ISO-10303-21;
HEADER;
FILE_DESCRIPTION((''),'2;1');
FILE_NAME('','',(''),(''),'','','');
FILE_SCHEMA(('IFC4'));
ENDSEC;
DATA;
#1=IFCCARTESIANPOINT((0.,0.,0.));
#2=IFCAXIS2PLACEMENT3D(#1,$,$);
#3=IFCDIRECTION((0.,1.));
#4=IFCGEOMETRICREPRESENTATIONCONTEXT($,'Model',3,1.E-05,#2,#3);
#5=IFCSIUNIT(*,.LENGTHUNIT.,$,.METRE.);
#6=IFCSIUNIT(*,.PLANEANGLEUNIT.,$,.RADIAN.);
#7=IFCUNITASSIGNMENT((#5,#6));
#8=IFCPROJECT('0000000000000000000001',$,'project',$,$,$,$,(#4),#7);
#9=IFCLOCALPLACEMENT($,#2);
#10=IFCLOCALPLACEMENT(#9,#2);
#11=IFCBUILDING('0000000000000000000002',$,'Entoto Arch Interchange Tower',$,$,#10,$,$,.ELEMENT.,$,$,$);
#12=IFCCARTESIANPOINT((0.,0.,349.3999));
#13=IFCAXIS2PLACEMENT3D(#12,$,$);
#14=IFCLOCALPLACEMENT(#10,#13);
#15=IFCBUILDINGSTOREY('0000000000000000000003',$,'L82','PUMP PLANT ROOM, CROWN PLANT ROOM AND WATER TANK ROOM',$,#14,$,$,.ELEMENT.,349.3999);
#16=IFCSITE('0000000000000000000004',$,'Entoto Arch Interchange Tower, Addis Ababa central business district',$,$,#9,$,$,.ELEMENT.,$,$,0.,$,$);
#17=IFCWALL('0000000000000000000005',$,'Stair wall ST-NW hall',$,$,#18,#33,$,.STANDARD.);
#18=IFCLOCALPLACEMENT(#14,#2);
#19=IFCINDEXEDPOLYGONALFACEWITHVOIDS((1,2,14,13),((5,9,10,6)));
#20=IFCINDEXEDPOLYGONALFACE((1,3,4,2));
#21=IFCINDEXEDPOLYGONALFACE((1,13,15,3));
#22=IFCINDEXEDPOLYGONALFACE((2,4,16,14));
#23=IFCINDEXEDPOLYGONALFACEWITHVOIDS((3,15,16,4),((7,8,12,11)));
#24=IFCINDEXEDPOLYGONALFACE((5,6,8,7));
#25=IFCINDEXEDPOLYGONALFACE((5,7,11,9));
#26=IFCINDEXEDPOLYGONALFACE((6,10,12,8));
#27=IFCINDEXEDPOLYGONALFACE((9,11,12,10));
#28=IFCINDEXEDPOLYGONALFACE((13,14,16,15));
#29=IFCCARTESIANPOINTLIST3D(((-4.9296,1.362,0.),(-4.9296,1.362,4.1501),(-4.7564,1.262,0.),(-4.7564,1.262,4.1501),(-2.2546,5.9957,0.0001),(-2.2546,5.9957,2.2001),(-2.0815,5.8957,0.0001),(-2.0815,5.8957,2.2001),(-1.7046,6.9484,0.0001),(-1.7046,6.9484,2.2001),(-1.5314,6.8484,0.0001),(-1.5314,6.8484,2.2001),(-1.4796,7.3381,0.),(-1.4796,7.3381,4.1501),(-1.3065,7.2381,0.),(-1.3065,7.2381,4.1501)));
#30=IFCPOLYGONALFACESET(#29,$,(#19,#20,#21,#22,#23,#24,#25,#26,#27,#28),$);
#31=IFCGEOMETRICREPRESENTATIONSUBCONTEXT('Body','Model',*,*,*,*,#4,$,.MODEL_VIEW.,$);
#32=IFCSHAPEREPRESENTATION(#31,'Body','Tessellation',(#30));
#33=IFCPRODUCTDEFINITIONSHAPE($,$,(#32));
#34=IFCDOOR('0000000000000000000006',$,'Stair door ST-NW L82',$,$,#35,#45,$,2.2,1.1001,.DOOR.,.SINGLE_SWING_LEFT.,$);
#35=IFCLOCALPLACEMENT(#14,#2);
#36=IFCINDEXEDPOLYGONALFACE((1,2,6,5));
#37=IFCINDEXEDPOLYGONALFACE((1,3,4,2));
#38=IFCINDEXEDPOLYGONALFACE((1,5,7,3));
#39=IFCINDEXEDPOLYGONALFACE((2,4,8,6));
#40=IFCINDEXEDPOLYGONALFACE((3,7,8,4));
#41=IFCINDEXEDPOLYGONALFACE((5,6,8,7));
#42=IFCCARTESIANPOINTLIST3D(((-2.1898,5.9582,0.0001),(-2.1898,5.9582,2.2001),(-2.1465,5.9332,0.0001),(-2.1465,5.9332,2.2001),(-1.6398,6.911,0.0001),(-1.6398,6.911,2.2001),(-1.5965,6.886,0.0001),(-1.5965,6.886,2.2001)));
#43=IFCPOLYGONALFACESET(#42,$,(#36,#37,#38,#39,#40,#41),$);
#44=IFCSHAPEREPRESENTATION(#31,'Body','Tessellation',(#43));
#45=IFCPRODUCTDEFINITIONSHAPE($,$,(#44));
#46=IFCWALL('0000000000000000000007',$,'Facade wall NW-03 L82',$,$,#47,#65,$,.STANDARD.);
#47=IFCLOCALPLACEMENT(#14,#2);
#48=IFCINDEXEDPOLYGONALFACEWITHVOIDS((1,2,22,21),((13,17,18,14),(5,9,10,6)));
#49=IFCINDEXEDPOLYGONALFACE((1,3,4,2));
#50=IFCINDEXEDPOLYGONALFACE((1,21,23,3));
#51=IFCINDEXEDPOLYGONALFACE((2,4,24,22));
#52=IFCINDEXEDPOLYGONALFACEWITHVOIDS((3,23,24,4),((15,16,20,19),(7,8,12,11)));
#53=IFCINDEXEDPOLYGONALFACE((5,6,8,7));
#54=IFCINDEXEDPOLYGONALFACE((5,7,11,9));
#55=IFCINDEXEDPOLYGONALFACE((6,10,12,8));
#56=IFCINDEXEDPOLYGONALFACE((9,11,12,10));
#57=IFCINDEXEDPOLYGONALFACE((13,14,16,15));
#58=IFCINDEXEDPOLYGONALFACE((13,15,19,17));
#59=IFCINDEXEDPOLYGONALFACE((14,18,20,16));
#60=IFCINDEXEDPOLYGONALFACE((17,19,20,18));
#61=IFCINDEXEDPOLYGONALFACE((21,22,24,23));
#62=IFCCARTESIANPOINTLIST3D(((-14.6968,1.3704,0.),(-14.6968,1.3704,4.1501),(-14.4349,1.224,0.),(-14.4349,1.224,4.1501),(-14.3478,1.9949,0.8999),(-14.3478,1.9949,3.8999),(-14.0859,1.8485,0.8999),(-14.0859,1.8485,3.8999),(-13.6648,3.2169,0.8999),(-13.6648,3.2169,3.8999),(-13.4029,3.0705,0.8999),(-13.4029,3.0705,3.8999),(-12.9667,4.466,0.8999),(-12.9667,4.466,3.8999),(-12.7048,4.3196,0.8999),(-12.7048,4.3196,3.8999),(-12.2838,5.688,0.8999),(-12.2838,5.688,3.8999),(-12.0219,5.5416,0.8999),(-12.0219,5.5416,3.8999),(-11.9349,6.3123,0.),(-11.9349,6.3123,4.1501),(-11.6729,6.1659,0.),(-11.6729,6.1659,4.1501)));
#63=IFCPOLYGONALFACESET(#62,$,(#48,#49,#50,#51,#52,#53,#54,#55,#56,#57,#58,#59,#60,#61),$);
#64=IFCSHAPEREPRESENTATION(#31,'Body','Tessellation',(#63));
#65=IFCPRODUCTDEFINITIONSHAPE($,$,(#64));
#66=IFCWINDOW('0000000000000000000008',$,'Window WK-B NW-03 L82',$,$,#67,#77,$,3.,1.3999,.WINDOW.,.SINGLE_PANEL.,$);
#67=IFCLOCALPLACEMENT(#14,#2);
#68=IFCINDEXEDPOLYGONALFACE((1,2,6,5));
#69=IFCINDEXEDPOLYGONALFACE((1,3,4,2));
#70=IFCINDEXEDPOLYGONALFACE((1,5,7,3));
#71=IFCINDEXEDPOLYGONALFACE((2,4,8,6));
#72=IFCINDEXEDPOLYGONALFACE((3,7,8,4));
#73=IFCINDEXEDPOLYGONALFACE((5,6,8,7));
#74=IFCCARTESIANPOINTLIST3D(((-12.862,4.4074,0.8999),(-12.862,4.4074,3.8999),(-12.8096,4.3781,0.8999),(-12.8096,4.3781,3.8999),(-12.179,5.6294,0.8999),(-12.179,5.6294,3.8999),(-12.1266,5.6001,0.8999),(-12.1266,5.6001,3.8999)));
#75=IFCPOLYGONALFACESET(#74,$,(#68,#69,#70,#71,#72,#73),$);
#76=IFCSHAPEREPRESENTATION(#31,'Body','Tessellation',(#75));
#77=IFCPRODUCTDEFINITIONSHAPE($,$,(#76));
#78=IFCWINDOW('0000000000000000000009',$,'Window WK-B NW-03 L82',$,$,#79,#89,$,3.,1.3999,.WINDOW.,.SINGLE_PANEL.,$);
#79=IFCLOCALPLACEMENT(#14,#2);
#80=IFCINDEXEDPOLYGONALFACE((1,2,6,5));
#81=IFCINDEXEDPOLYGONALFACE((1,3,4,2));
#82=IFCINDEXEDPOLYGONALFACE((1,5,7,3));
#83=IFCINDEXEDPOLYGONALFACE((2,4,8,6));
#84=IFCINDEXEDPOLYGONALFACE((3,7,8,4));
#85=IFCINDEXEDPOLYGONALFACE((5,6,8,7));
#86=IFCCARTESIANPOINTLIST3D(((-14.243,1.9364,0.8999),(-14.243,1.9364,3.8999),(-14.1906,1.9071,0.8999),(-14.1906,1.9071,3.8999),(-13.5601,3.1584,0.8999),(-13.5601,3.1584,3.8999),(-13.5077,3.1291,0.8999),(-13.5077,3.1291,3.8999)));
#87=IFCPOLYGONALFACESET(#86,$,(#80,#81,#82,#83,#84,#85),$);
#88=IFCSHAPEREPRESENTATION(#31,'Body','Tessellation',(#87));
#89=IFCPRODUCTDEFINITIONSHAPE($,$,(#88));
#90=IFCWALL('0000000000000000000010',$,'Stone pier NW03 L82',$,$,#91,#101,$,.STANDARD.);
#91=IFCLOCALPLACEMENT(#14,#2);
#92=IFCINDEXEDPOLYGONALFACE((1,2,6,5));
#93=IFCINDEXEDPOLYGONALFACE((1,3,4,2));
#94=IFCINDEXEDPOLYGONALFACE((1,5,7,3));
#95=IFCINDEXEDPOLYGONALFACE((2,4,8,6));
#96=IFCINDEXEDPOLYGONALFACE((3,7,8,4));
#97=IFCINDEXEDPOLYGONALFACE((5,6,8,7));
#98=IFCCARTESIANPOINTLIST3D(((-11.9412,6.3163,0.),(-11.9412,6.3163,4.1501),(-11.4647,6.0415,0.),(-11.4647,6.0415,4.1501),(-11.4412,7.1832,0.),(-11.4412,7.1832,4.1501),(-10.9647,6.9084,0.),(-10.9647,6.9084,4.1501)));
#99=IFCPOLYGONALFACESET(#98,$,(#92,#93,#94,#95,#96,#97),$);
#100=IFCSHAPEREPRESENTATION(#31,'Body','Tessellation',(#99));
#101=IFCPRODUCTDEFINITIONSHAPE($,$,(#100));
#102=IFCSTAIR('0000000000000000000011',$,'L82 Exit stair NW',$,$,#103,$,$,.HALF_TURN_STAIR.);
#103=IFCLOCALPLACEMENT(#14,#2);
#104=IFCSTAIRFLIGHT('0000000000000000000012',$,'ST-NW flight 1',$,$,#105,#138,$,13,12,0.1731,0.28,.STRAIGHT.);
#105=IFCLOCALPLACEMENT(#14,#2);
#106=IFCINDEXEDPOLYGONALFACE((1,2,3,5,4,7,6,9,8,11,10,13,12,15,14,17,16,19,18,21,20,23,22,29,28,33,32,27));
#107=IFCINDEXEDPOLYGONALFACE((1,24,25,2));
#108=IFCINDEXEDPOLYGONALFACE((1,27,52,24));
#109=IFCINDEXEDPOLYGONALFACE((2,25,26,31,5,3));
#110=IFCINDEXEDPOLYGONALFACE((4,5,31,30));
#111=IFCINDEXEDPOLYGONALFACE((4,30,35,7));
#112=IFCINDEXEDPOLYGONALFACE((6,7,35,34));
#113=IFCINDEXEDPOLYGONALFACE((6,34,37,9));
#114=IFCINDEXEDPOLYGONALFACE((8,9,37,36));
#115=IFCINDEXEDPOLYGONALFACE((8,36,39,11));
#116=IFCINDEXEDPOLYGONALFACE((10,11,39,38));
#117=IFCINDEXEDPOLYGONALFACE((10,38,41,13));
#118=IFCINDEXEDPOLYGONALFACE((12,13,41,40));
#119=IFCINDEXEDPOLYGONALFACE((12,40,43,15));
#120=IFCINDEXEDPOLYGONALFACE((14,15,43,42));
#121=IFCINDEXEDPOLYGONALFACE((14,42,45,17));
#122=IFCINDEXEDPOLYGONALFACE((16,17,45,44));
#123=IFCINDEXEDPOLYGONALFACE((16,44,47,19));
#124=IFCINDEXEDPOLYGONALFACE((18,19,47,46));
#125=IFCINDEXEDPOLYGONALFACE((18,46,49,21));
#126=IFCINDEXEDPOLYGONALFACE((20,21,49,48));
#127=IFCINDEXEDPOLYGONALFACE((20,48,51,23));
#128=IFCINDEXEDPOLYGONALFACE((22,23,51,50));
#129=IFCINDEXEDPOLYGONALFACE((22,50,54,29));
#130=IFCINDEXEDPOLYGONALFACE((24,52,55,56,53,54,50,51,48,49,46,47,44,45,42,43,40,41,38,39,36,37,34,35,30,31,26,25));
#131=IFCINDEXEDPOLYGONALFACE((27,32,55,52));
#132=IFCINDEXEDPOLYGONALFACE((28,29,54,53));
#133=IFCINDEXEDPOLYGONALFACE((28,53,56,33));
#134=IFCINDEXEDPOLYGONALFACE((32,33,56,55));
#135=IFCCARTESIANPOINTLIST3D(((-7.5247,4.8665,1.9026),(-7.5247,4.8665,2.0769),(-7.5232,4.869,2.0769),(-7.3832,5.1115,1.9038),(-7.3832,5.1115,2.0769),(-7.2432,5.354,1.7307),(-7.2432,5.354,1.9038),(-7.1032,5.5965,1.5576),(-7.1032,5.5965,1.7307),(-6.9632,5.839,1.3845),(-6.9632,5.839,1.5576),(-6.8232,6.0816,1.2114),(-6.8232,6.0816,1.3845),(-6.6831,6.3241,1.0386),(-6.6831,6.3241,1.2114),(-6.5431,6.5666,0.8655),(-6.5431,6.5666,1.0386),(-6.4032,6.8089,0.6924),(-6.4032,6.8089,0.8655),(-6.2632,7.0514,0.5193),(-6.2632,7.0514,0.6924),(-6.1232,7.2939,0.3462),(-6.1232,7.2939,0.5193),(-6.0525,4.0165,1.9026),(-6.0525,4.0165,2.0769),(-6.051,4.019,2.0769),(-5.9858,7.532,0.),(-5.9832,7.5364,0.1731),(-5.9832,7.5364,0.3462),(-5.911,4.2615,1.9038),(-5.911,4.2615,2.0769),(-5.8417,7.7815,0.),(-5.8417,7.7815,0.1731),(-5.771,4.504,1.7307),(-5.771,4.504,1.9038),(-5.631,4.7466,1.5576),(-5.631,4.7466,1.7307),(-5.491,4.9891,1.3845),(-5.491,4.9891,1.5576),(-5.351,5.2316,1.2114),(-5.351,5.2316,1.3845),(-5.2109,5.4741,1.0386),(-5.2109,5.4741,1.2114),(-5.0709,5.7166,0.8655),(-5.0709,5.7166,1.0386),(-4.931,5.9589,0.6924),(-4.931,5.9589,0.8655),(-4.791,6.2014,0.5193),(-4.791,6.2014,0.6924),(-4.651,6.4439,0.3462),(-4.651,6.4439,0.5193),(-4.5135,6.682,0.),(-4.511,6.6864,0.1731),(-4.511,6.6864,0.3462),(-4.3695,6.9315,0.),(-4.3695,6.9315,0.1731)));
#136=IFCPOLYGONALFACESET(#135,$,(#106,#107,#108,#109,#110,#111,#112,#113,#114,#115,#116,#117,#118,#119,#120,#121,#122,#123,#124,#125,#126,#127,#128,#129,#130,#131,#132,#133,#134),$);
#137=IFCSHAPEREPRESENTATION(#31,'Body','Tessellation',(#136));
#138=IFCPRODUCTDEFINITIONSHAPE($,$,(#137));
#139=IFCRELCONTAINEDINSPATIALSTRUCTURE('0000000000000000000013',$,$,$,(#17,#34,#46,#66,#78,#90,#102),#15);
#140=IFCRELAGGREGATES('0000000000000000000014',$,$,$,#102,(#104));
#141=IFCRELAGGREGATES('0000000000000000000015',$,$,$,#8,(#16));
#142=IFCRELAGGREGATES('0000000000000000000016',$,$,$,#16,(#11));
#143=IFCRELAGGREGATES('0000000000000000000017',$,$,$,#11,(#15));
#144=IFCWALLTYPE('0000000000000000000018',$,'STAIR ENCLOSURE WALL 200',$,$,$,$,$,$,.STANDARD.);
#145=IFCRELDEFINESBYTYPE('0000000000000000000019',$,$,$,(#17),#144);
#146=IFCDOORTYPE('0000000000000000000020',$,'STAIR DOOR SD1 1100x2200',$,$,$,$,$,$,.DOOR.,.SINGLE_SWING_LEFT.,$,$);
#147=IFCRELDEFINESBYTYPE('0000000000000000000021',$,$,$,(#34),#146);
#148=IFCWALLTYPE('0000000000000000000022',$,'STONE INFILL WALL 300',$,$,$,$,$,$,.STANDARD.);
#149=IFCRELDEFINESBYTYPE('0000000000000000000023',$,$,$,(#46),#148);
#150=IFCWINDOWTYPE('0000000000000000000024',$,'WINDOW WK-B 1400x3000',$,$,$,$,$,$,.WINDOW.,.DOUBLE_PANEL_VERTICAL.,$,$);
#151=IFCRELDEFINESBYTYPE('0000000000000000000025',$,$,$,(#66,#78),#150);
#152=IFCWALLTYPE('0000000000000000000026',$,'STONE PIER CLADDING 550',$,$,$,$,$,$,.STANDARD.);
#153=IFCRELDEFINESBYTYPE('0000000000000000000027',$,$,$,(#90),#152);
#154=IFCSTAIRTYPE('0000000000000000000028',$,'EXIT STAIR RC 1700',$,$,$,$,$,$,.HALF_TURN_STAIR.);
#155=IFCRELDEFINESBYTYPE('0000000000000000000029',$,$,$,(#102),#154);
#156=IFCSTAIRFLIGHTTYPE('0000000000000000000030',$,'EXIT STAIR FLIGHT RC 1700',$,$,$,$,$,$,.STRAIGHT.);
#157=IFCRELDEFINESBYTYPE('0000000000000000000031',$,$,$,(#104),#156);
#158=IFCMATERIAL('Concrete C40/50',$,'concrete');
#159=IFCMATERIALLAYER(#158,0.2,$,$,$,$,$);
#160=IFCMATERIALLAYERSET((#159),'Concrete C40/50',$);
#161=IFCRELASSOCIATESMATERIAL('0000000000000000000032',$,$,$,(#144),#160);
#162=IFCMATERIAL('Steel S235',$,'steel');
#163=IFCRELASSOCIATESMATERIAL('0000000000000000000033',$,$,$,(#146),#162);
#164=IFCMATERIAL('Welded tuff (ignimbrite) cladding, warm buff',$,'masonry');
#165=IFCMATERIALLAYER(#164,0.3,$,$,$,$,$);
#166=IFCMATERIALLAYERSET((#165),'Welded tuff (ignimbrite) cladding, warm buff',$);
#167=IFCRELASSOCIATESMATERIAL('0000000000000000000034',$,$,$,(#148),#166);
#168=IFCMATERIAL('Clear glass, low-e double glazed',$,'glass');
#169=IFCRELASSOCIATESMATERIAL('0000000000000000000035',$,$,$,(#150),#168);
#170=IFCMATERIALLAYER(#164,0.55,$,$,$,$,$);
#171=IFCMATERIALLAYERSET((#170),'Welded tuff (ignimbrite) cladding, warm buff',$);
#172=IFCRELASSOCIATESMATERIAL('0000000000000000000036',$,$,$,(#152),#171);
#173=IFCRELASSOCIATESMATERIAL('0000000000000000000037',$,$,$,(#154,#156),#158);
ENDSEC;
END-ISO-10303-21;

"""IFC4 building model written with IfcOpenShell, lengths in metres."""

from ifc_helpers import new_model, si_unit, direction, frame, frame_2d, origin, place, context, subcontext, project, spatial, polyline, rectangle, outline, extrude, material, layer, layer_set, type_object, element, fill, aggregate, save


model = new_model("IFC4")

# Units and contexts
model_context = context("Model", 3, precision=1e-05, world=origin(), true_north=direction((0.0, 1.0)))
body_context = subcontext(model_context, "Body", "Model", "MODEL_VIEW")
ifc_project = project(units=[si_unit("LENGTHUNIT", "METRE"), si_unit("PLANEANGLEUNIT", "RADIAN")], contexts=[model_context])

# Site, building, storey
site_placement = place(None, origin())
site = spatial("IfcSite", under=ifc_project, at=site_placement, Name="Entoto Arch Interchange Tower, Addis Ababa central business district", CompositionType="ELEMENT", RefElevation=0.0)
building_placement = place(site_placement, origin())
building = spatial("IfcBuilding", under=site, at=building_placement, Name="Entoto Arch Interchange Tower", CompositionType="ELEMENT")
storey_placement = place(building_placement, frame((0.0, 0.0, 349.3999)))
storey = spatial("IfcBuildingStorey", under=building, at=storey_placement, Name="L82", Description="PUMP PLANT ROOM, CROWN PLANT ROOM AND WATER TANK ROOM", CompositionType="ELEMENT", Elevation=349.3999)

# Shared definitions
ifc_material_1 = material(Name="Concrete C40/50", Category="concrete")

# Wall, opening, door
ifc_layer_1 = layer(ifc_material_1, 0.2)
ifc_layer_set_1 = layer_set([ifc_layer_1], Name="Concrete C40/50")
wall_type_1 = type_object("IfcWallType", Name="STAIR ENCLOSURE WALL 200", PredefinedType="STANDARD", material=ifc_layer_set_1)
ifc_material_2 = material(Name="Steel S235", Category="steel")
door_type_1 = type_object("IfcDoorType", Name="STAIR DOOR SD1 1100x2200", OperationType="SINGLE_SWING_LEFT", PredefinedType="DOOR", material=ifc_material_2)
wall_1_placement = place(storey_placement, frame((-1.3931, 7.2881, 0.0), z_axis=(0.0, 0.0, 1.0), x_axis=(-0.499963, -0.866047, 0.0)))
wall_1 = element("IfcWall", 1, at=wall_1_placement, inside=storey, type_object=wall_type_1, Name="Stair wall ST-NW hall", PredefinedType="STANDARD", context=body_context, shape_type="SweptSolid", body=[
    extrude(rectangle(XDim=6.9004, YDim=0.2, at=frame_2d((3.4502, 0.0))), origin(), (0.0, 0.0, 1.0), 4.1501),
])
opening_1_placement = place(wall_1_placement, frame((0.45, 0.0, 0.0)))
opening_1 = element("IfcOpeningElement", 2, at=opening_1_placement, cuts=wall_1, PredefinedType="OPENING", context=body_context, shape_type="SweptSolid", body=[
    extrude(rectangle(XDim=1.1001, YDim=2.2, at=frame_2d((0.55, 1.1001))), frame((0.0, 0.1099, 0.0), z_axis=(0.0, -1.0, 0.0), x_axis=(1.0, 0.0, 0.0)), (0.0, 0.0, 1.0), 0.22),
])
door_1_placement = place(opening_1_placement, origin())
door_1 = element("IfcDoor", 3, at=door_1_placement, inside=storey, type_object=door_type_1, Name="Stair door ST-NW L82", OperationType="SINGLE_SWING_LEFT", OverallHeight=2.2, OverallWidth=1.1001, PredefinedType="DOOR", context=body_context, shape_type="SweptSolid", body=[
    extrude(rectangle(XDim=1.1001, YDim=2.2, at=frame_2d((0.55, 1.1001))), frame((0.0, 0.0249, 0.0), z_axis=(0.0, -1.0, 0.0), x_axis=(1.0, 0.0, 0.0)), (0.0, 0.0, 1.0), 0.05),
])
fill(opening_1, door_1)

# Wall, openings, windows
ifc_material_3 = material(Name="Welded tuff (ignimbrite) cladding, warm buff", Category="masonry")
ifc_layer_2 = layer(ifc_material_3, 0.3)
ifc_layer_set_2 = layer_set([ifc_layer_2], Name="Welded tuff (ignimbrite) cladding, warm buff")
wall_type_2 = type_object("IfcWallType", Name="STONE INFILL WALL 300", PredefinedType="STANDARD", material=ifc_layer_set_2)
wall_2_placement = place(storey_placement, frame((-11.804, 6.239, 0.0), z_axis=(0.0, 0.0, 1.0), x_axis=(-0.487864, -0.87292, 0.0)))
wall_2 = element("IfcWall", 4, at=wall_2_placement, inside=storey, type_object=wall_type_2, Name="Facade wall NW-03 L82", PredefinedType="STANDARD", context=body_context, shape_type="SweptSolid", body=[
    extrude(rectangle(XDim=5.6614, YDim=0.3, at=frame_2d((2.8306, 0.0))), origin(), (0.0, 0.0, 1.0), 4.1501),
])
opening_2_placement = place(wall_2_placement, frame((0.7151, 0.0, 0.8999)))
opening_2 = element("IfcOpeningElement", 5, at=opening_2_placement, cuts=wall_2, PredefinedType="OPENING", context=body_context, shape_type="SweptSolid", body=[
    extrude(rectangle(XDim=1.3999, YDim=3.0, at=frame_2d((0.7, 1.5))), frame((0.0, 0.1602, 0.0), z_axis=(0.0, -1.0, 0.0), x_axis=(1.0, 0.0, 0.0)), (0.0, 0.0, 1.0), 0.3201),
])
opening_3_placement = place(wall_2_placement, frame((3.5459, 0.0, 0.8999)))
opening_3 = element("IfcOpeningElement", 6, at=opening_3_placement, cuts=wall_2, PredefinedType="OPENING", context=body_context, shape_type="SweptSolid", body=[
    extrude(rectangle(XDim=1.3999, YDim=3.0, at=frame_2d((0.7, 1.5))), frame((0.0, 0.1602, 0.0), z_axis=(0.0, -1.0, 0.0), x_axis=(1.0, 0.0, 0.0)), (0.0, 0.0, 1.0), 0.3201),
])
ifc_material_4 = material(Name="Clear glass, low-e double glazed", Category="glass")
window_type = type_object("IfcWindowType", Name="WINDOW WK-B 1400x3000", PartitioningType="DOUBLE_PANEL_VERTICAL", PredefinedType="WINDOW", material=ifc_material_4)
window_1_placement = place(opening_2_placement, origin())
window_1 = element("IfcWindow", 7, at=window_1_placement, inside=storey, type_object=window_type, Name="Window WK-B NW-03 L82", OverallHeight=3.0, OverallWidth=1.3999, PartitioningType="SINGLE_PANEL", PredefinedType="WINDOW", context=body_context, shape_type="SweptSolid", body=[
    extrude(rectangle(XDim=1.3999, YDim=3.0, at=frame_2d((0.7, 1.5))), frame((0.0, 0.03, 0.0), z_axis=(0.0, -1.0, 0.0), x_axis=(1.0, 0.0, 0.0)), (0.0, 0.0, 1.0), 0.0601),
])
fill(opening_2, window_1)
window_2_placement = place(opening_3_placement, origin())
window_2 = element("IfcWindow", 8, at=window_2_placement, inside=storey, type_object=window_type, Name="Window WK-B NW-03 L82", OverallHeight=3.0, OverallWidth=1.3999, PartitioningType="SINGLE_PANEL", PredefinedType="WINDOW", context=body_context, shape_type="SweptSolid", body=[
    extrude(rectangle(XDim=1.3999, YDim=3.0, at=frame_2d((0.7, 1.5))), frame((0.0, 0.03, 0.0), z_axis=(0.0, -1.0, 0.0), x_axis=(1.0, 0.0, 0.0)), (0.0, 0.0, 1.0), 0.0601),
])
fill(opening_3, window_2)

# Wall
ifc_layer_3 = layer(ifc_material_3, 0.55)
ifc_layer_set_3 = layer_set([ifc_layer_3], Name="Welded tuff (ignimbrite) cladding, warm buff")
wall_type_3 = type_object("IfcWallType", Name="STONE PIER CLADDING 550", PredefinedType="STANDARD", material=ifc_layer_set_3)
wall_3_placement = place(storey_placement, frame((-11.2029, 7.0459, 0.0), z_axis=(0.0, 0.0, 1.0), x_axis=(-0.499603, -0.866255, 0.0)))
element("IfcWall", 9, at=wall_3_placement, inside=storey, type_object=wall_type_3, Name="Stone pier NW03 L82", PredefinedType="STANDARD", context=body_context, shape_type="SweptSolid", body=[
    extrude(rectangle(XDim=1.0007, YDim=0.55, at=frame_2d((0.5005, 0.0))), origin(), (0.0, 0.0, 1.0), 4.1501),
])

# Stair, stair flight
stair_type = type_object("IfcStairType", Name="EXIT STAIR RC 1700", PredefinedType="HALF_TURN_STAIR", material=ifc_material_1)
stair_placement = place(storey_placement, origin())
stair = element("IfcStair", 10, at=stair_placement, inside=storey, type_object=stair_type, Name="L82 Exit stair NW", PredefinedType="HALF_TURN_STAIR")
stair_flight_type = type_object("IfcStairFlightType", Name="EXIT STAIR FLIGHT RC 1700", PredefinedType="STRAIGHT", material=ifc_material_1)
stair_flight_placement = place(storey_placement, frame((-5.1072, 7.354, 0.0), z_axis=(0.0, 0.0, 1.0), x_axis=(-0.5, -0.866025, 0.0)))
stair_flight = element("IfcStairFlight", 11, at=stair_flight_placement, type_object=stair_flight_type, Name="ST-NW flight 1", NumberOfRisers=13, NumberOfTreads=12, PredefinedType="STRAIGHT", RiserHeight=0.1731, TreadLength=0.28, context=body_context, shape_type="SweptSolid", body=[
    extrude(outline(polyline([(-0.0029, 0.0), (-0.0029, 0.1731), (0.28, 0.1731), (0.28, 0.3462), (0.5601, 0.3462), (0.5601, 0.5193), (0.8401, 0.5193), (0.8401, 0.6924), (1.1201, 0.6924), (1.1201, 0.8655), (1.3999, 0.8655), (1.3999, 1.0386), (1.6799, 1.0386), (1.6799, 1.2114), (1.96, 1.2114), (1.96, 1.3845), (2.24, 1.3845), (2.24, 1.5576), (2.52, 1.5576), (2.52, 1.7307), (2.8, 1.7307), (2.8, 1.9038), (3.0801, 1.9038), (3.0801, 2.0769), (3.3601, 2.0769), (3.363, 2.0769), (3.363, 1.9026), (0.2852, 0.0), (-0.0029, 0.0)])), frame((0.0, 0.8501, 0.0), z_axis=(0.0, -1.0, 0.0), x_axis=(1.0, 0.0, 0.0)), (0.0, 0.0, 1.0), 1.7),
])
aggregate(stair, [stair_flight])

save(model, "model.ifc")
